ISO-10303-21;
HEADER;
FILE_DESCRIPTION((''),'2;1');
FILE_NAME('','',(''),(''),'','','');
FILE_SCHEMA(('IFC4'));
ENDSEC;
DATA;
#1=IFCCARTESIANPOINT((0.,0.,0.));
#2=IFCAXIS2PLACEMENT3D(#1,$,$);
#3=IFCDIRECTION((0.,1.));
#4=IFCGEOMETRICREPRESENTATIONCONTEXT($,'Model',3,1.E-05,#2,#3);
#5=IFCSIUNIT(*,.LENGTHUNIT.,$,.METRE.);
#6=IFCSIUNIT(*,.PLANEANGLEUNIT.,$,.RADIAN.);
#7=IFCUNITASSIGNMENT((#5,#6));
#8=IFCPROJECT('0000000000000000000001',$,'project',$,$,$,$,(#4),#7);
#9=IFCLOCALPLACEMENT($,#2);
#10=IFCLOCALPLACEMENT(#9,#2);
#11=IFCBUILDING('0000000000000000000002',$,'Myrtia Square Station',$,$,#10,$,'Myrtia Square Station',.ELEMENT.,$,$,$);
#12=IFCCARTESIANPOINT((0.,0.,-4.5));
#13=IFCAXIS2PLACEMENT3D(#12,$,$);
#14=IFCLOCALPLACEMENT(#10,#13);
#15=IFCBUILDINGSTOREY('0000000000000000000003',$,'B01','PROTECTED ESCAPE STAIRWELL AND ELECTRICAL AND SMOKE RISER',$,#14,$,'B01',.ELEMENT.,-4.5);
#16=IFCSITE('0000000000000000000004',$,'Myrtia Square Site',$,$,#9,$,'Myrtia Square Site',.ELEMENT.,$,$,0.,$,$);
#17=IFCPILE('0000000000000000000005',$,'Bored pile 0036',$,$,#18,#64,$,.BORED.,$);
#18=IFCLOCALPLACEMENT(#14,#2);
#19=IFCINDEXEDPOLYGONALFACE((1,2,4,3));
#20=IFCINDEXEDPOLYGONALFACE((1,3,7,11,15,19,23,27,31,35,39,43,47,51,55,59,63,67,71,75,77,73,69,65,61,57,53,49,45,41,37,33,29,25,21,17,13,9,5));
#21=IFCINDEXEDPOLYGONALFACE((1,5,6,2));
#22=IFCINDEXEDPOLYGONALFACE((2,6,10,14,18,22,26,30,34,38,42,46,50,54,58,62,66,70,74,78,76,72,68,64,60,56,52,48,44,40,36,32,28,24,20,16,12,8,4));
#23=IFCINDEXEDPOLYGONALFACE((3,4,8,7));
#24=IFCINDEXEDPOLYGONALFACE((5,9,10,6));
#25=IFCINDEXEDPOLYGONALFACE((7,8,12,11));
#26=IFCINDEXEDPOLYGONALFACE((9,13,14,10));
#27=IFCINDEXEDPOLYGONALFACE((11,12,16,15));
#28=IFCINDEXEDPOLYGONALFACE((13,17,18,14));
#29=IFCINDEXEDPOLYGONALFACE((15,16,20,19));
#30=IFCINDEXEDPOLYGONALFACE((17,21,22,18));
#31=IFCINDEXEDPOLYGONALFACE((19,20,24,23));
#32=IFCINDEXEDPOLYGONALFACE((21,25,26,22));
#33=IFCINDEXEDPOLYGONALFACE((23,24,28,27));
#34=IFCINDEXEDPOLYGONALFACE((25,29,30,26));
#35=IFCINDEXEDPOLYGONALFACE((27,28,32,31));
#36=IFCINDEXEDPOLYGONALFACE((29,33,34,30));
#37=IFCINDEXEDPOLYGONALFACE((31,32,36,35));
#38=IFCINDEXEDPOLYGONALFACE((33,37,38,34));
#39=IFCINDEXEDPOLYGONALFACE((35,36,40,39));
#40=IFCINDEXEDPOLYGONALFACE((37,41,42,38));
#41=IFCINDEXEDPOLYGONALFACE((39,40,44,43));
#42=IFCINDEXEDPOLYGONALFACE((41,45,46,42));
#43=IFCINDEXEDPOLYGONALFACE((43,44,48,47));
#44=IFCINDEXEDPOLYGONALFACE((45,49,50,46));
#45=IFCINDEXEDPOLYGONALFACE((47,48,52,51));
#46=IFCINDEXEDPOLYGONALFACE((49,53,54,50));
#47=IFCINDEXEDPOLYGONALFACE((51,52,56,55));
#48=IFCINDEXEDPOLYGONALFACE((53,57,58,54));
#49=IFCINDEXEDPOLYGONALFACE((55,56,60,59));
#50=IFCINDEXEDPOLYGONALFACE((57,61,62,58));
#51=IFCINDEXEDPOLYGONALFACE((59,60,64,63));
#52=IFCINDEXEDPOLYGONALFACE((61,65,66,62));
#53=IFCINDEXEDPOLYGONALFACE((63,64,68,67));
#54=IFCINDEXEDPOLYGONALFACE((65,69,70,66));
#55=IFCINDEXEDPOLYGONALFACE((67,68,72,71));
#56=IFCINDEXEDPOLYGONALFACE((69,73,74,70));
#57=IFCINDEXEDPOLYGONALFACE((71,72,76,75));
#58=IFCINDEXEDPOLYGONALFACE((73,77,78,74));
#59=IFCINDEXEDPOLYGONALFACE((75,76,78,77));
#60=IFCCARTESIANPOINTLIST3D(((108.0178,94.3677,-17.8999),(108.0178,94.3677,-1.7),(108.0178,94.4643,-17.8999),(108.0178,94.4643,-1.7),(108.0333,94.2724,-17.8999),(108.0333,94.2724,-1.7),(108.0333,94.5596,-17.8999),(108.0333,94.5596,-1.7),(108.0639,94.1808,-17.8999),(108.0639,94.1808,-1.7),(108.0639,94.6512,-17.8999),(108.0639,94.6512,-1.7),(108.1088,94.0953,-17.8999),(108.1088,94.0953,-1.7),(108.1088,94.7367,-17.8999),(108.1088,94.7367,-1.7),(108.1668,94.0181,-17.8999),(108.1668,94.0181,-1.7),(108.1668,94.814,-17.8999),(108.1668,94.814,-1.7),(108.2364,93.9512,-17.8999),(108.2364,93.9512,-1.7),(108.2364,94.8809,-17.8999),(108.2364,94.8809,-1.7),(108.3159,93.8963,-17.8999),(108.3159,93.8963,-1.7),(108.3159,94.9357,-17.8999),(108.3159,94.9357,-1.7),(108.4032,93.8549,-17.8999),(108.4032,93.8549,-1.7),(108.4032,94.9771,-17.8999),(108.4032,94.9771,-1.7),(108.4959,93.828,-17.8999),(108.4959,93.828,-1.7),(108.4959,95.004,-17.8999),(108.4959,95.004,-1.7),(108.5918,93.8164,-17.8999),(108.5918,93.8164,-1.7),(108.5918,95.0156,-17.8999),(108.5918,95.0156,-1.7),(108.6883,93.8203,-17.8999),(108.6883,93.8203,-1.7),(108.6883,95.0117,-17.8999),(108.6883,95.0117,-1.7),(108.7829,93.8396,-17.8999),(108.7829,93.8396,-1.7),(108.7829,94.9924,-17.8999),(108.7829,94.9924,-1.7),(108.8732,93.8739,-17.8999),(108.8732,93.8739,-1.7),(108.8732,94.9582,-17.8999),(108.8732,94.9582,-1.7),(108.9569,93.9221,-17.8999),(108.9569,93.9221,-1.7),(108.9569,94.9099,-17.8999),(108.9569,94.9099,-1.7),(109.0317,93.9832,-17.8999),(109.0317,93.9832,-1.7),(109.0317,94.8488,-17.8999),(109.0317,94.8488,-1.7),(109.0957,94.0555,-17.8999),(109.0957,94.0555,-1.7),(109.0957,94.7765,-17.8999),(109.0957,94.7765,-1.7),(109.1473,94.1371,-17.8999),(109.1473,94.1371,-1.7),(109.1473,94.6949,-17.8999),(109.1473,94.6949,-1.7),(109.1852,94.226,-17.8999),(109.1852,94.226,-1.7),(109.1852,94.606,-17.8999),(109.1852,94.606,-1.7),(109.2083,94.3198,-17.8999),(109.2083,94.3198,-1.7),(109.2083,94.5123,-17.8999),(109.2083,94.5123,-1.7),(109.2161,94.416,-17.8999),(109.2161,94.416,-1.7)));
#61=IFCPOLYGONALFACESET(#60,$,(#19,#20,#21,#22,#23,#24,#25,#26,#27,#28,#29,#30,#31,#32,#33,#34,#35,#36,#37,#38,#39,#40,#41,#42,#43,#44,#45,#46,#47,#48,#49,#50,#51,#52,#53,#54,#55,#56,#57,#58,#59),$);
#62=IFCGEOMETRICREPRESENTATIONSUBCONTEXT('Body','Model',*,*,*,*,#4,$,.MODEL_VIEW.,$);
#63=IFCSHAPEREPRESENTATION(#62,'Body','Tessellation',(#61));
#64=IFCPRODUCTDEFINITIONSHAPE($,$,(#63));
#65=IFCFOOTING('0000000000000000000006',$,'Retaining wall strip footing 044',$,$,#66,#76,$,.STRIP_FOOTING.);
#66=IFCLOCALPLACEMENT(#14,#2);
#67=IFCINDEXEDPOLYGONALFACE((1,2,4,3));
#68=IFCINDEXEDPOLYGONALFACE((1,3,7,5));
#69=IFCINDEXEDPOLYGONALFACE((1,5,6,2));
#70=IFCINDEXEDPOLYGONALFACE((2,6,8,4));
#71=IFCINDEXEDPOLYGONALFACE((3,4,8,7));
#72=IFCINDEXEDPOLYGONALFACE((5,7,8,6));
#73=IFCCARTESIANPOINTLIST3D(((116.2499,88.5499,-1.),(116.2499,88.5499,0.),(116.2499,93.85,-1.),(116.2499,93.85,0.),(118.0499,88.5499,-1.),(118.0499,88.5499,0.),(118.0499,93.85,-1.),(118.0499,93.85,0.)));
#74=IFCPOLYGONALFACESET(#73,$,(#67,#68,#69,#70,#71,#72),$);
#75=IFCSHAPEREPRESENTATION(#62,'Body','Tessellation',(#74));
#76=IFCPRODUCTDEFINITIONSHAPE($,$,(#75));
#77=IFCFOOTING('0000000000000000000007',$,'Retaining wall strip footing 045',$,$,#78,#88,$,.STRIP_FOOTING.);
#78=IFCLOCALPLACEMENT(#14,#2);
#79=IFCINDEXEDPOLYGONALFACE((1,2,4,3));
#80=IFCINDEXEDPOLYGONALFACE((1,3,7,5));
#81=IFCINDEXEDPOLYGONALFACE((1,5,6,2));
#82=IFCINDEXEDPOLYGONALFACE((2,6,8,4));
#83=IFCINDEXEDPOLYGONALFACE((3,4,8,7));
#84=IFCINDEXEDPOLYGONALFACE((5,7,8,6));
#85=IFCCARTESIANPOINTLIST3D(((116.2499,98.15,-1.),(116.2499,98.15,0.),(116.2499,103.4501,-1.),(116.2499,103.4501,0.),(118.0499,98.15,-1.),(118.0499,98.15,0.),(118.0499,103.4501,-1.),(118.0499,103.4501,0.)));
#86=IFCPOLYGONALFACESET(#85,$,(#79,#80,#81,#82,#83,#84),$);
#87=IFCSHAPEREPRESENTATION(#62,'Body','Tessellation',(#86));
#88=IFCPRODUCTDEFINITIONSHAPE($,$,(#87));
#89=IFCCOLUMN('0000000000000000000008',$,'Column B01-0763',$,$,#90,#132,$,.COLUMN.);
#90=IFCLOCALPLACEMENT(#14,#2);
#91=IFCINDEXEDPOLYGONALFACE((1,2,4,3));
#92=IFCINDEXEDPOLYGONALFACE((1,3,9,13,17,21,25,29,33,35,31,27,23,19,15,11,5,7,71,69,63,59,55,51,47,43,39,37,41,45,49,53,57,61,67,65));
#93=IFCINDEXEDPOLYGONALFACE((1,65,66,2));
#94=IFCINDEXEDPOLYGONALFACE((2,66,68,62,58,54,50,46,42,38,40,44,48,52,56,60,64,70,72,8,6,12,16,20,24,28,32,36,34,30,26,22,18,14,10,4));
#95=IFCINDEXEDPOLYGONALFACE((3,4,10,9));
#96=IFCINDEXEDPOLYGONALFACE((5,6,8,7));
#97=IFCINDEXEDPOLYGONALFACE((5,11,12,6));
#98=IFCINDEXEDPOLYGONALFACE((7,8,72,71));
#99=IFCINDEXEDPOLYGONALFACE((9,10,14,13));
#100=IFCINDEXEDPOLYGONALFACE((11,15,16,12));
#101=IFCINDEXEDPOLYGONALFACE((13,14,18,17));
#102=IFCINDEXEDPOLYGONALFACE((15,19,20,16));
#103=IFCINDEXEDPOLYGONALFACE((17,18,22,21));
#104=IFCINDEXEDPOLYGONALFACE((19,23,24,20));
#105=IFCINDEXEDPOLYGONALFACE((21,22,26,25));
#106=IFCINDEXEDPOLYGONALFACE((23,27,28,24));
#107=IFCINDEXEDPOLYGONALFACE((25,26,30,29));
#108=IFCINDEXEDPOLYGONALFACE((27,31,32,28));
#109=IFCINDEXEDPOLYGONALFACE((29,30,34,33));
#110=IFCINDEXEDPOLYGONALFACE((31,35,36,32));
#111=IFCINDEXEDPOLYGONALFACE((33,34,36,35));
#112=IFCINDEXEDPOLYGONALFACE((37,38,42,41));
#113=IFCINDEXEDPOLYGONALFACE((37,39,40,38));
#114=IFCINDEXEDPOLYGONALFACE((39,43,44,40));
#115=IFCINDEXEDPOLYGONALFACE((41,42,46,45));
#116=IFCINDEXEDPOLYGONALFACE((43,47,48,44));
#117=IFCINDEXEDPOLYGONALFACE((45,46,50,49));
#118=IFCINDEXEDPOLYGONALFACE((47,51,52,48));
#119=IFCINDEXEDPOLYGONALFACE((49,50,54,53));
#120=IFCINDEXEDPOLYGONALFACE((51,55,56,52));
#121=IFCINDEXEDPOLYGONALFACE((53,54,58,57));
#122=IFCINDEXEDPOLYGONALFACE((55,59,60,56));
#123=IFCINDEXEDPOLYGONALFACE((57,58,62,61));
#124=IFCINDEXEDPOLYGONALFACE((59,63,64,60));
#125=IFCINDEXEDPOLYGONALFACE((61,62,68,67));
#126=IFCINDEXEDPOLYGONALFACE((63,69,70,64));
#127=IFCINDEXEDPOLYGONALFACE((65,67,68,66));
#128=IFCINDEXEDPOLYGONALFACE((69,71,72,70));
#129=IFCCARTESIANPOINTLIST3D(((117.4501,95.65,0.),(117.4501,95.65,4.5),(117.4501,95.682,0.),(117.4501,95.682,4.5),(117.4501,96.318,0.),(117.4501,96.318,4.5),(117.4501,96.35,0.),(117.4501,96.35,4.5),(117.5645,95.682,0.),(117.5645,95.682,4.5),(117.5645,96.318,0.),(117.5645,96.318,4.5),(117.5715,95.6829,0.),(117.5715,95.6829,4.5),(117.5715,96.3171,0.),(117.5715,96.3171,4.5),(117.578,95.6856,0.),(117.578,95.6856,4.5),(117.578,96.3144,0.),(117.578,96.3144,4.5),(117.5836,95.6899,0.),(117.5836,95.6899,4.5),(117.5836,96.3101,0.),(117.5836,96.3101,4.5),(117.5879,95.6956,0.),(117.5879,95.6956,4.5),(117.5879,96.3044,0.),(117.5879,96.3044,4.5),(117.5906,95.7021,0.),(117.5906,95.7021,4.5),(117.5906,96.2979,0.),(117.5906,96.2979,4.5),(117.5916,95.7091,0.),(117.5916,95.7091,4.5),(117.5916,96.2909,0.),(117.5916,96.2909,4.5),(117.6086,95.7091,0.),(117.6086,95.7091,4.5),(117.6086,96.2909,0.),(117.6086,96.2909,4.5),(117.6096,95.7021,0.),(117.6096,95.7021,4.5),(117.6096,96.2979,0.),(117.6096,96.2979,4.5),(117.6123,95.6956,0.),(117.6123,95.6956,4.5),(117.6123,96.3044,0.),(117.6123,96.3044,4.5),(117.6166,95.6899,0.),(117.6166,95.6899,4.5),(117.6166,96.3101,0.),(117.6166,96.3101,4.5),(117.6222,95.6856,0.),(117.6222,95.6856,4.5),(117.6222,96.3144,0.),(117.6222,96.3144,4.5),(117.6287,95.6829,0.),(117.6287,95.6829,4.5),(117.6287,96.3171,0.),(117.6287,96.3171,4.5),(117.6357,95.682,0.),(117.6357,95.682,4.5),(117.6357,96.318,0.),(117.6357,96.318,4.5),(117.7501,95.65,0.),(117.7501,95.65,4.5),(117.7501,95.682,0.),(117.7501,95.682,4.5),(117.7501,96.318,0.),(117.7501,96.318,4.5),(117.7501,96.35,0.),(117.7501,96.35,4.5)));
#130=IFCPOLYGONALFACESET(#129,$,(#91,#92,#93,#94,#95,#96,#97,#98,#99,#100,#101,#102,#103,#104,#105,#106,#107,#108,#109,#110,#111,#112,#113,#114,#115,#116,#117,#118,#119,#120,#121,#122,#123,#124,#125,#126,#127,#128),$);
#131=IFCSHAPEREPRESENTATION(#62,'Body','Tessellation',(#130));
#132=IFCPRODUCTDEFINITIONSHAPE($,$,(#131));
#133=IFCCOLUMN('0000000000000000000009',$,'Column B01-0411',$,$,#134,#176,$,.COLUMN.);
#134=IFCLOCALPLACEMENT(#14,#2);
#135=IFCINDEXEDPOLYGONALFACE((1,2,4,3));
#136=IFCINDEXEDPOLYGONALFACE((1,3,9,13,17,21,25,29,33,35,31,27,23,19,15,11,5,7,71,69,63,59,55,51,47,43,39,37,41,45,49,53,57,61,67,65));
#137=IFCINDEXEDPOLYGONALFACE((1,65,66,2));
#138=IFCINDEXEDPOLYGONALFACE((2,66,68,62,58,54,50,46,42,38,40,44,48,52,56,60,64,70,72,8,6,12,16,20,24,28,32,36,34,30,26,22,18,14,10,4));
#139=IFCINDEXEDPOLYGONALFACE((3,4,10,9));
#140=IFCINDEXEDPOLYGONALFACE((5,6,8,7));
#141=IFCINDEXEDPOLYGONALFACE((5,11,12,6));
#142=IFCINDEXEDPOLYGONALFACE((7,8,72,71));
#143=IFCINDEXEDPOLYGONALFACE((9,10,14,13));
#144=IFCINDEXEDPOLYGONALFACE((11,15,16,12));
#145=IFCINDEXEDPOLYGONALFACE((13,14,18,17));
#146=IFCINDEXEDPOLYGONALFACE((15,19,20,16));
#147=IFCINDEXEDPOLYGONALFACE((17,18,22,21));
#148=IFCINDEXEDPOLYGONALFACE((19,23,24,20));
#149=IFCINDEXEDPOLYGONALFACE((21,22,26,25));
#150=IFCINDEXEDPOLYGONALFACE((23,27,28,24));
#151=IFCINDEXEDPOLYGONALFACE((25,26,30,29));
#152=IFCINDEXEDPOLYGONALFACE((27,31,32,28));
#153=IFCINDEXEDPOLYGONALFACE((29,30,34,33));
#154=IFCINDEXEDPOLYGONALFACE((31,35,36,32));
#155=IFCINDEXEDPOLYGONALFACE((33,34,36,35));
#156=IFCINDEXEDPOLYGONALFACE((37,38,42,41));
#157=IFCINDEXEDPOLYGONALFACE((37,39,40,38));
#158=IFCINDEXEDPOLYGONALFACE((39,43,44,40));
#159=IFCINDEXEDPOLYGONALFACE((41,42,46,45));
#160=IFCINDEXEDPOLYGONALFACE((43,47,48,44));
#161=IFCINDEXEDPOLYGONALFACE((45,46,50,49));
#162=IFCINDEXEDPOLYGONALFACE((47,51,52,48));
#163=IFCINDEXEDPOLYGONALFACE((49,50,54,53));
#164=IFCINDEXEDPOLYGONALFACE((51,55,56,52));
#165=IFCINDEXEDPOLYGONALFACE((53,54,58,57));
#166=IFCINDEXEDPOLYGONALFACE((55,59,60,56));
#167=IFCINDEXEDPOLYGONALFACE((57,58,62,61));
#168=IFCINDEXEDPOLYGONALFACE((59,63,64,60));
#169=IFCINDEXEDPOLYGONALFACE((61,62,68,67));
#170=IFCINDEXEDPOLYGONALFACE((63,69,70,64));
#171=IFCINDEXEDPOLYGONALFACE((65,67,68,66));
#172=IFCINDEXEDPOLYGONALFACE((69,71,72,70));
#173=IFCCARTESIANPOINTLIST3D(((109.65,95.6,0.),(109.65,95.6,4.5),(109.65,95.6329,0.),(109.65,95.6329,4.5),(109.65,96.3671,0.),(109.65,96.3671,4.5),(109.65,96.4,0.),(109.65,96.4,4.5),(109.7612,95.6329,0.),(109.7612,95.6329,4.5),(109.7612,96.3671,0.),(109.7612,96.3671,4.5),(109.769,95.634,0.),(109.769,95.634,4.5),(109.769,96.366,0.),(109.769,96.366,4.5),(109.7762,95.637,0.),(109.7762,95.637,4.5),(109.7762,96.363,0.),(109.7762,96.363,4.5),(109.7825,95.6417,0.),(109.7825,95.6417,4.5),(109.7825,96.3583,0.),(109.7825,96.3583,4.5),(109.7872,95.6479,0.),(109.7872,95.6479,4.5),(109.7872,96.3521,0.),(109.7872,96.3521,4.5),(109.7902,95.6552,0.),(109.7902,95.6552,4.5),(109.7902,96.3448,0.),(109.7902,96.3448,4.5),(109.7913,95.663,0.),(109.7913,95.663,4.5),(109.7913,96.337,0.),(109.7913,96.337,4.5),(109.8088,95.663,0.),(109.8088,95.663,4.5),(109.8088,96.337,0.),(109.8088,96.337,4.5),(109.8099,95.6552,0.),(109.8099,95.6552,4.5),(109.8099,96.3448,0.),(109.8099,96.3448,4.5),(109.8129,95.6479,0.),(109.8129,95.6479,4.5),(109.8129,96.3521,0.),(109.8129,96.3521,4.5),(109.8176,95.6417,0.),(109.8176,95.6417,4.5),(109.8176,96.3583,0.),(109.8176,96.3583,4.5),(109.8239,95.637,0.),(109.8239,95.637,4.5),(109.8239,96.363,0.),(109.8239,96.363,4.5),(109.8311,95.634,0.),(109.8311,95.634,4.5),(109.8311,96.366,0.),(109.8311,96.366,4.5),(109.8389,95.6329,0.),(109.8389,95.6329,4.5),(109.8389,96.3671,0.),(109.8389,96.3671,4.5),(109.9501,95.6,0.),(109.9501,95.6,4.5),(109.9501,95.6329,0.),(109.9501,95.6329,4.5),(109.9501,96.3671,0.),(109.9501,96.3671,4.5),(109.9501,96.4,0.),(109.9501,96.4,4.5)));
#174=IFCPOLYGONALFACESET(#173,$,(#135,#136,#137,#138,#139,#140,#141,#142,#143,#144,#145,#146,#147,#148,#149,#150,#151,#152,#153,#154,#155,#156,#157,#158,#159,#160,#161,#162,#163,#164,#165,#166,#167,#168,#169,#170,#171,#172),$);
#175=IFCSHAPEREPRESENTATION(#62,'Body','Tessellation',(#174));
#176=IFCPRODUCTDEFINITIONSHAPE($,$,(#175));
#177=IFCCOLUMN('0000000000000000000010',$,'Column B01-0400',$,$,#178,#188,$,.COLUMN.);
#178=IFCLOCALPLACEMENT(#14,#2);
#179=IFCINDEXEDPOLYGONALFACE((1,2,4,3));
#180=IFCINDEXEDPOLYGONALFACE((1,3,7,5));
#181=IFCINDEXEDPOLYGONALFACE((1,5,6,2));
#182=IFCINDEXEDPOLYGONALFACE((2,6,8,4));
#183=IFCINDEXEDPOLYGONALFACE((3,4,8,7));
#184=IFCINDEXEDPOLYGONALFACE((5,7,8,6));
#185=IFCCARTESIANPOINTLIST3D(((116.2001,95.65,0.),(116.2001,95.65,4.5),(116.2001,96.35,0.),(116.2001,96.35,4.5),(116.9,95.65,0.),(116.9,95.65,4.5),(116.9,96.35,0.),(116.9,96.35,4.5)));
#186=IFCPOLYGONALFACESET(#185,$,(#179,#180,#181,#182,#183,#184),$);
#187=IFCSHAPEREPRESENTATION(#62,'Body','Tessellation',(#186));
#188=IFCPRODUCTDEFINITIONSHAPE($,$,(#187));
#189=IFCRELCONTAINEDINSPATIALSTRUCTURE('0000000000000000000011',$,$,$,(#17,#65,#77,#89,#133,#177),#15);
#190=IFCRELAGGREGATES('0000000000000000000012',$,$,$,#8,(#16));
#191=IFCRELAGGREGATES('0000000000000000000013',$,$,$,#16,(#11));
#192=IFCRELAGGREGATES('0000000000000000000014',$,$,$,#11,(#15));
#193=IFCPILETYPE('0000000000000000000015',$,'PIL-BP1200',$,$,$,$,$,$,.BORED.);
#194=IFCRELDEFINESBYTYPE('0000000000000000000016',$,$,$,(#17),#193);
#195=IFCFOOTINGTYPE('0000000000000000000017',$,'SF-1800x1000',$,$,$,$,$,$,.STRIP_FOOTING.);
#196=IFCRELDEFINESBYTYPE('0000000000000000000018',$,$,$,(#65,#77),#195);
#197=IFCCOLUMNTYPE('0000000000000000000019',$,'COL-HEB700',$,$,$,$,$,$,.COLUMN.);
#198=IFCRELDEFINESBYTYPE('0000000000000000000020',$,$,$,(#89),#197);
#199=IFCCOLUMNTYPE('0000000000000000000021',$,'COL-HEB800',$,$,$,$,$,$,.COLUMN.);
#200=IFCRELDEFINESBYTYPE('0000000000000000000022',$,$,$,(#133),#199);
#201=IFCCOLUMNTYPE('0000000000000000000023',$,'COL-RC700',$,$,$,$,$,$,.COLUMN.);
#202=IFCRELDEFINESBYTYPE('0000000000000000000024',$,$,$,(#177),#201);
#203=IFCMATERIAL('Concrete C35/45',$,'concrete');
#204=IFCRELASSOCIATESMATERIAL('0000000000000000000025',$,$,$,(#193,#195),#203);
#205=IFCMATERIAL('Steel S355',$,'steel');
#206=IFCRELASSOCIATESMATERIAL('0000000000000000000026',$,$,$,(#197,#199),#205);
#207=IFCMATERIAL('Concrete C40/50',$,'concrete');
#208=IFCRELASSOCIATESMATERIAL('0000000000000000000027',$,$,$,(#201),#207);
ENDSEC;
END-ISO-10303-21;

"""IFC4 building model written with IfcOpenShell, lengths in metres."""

from ifc_helpers import new_model, si_unit, direction, frame, origin, origin_2d, place, context, subcontext, project, spatial, rectangle, circle, i_section, extrude, material, material_profile, profile_set, type_object, element, save


model = new_model("IFC4")

# Units and contexts
model_context = context("Model", 3, precision=1e-05, world=origin(), true_north=direction((0.0, 1.0)))
body_context = subcontext(model_context, "Body", "Model", "MODEL_VIEW")
ifc_project = project(units=[si_unit("LENGTHUNIT", "METRE"), si_unit("PLANEANGLEUNIT", "RADIAN")], contexts=[model_context])

# Site, building, storey
site_placement = place(None, origin())
site = spatial("IfcSite", under=ifc_project, at=site_placement, Name="Myrtia Square Site", LongName="Myrtia Square Site", CompositionType="ELEMENT", RefElevation=0.0)
building_placement = place(site_placement, origin())
building = spatial("IfcBuilding", under=site, at=building_placement, Name="Myrtia Square Station", LongName="Myrtia Square Station", CompositionType="ELEMENT")
storey_placement = place(building_placement, frame((0.0, 0.0, -4.5)))
storey = spatial("IfcBuildingStorey", under=building, at=storey_placement, Name="B01", Description="PROTECTED ESCAPE STAIRWELL AND ELECTRICAL AND SMOKE RISER", LongName="B01", CompositionType="ELEMENT", Elevation=-4.5)

# Shared definitions
ifc_material_1 = material(Name="Concrete C35/45", Category="concrete")

# Pile
ifc_material_profile_1 = material_profile(ifc_material_1, circle(Radius=0.6001, at=origin_2d()), Name="BP D1200")
ifc_profile_set_1 = profile_set([ifc_material_profile_1], Name="Concrete C35/45")
pile_type_1 = type_object("IfcPileType", Name="PIL-BP1200", PredefinedType="BORED", material=ifc_profile_set_1)
for number, where, z_axis, x_axis, name in (
    (1, (108.616, 94.416, -1.7), (0.0, 0.0, -1.0), (1.0, 0.0, 0.0), "Bored pile 0036"),
):
    element("IfcPile", number, at=place(storey_placement, frame(where, z_axis=z_axis, x_axis=x_axis)), inside=storey, type_object=pile_type_1, Name=name, PredefinedType="BORED", context=body_context, shape_type="SweptSolid", body=[
        extrude(circle(Radius=0.6001, at=origin_2d()), origin(), (0.0, 0.0, 1.0), 16.2),
    ])

# Footings
footing_type_1 = type_object("IfcFootingType", Name="SF-1800x1000", PredefinedType="STRIP_FOOTING", material=ifc_material_1)
for number, where, z_axis, x_axis, name in (
    (2, (117.1499, 91.2, -1.0), (0.0, 0.0, 1.0), (1.0, 0.0, 0.0), "Retaining wall strip footing 044"),
    (3, (117.1499, 100.8, -1.0), (0.0, 0.0, 1.0), (1.0, 0.0, 0.0), "Retaining wall strip footing 045"),
):
    element("IfcFooting", number, at=place(storey_placement, frame(where, z_axis=z_axis, x_axis=x_axis)), inside=storey, type_object=footing_type_1, Name=name, PredefinedType="STRIP_FOOTING", context=body_context, shape_type="SweptSolid", body=[
        extrude(rectangle(XDim=1.8, YDim=5.3, at=origin_2d()), origin(), (0.0, 0.0, 1.0), 1.0),
    ])

# Columns
ifc_material_2 = material(Name="Steel S355", Category="steel")
ifc_material_profile_2 = material_profile(ifc_material_2, i_section(OverallWidth=0.3, OverallDepth=0.7, WebThickness=0.0171, FlangeThickness=0.032, FilletRadius=0.0271, at=origin_2d()), Name="HEB 700")
ifc_profile_set_2 = profile_set([ifc_material_profile_2], Name="Steel S355")
column_type_1 = type_object("IfcColumnType", Name="COL-HEB700", PredefinedType="COLUMN", material=ifc_profile_set_2)
column_1_placement = place(storey_placement, frame((117.6001, 96.0, 0.0), z_axis=(0.0, 0.0, 1.0), x_axis=(1.0, 0.0, 0.0)))
element("IfcColumn", 4, at=column_1_placement, inside=storey, type_object=column_type_1, Name="Column B01-0763", PredefinedType="COLUMN", context=body_context, shape_type="SweptSolid", body=[
    extrude(i_section(OverallWidth=0.3, OverallDepth=0.7, WebThickness=0.0171, FlangeThickness=0.032, FilletRadius=0.0271, at=origin_2d()), origin(), (0.0, 0.0, 1.0), 4.5),
])
ifc_material_profile_3 = material_profile(ifc_material_2, i_section(OverallWidth=0.3, OverallDepth=0.8, WebThickness=0.0176, FlangeThickness=0.033, FilletRadius=0.03, at=origin_2d()), Name="HEB 800")
ifc_profile_set_3 = profile_set([ifc_material_profile_3], Name="Steel S355")
column_type_2 = type_object("IfcColumnType", Name="COL-HEB800", PredefinedType="COLUMN", material=ifc_profile_set_3)
column_2_placement = place(storey_placement, frame((109.8, 96.0, 0.0), z_axis=(0.0, 0.0, 1.0), x_axis=(1.0, 0.0, 0.0)))
element("IfcColumn", 5, at=column_2_placement, inside=storey, type_object=column_type_2, Name="Column B01-0411", PredefinedType="COLUMN", context=body_context, shape_type="SweptSolid", body=[
    extrude(i_section(OverallWidth=0.3, OverallDepth=0.8, WebThickness=0.0176, FlangeThickness=0.033, FilletRadius=0.03, at=origin_2d()), origin(), (0.0, 0.0, 1.0), 4.5),
])
ifc_material_3 = material(Name="Concrete C40/50", Category="concrete")
ifc_material_profile_4 = material_profile(ifc_material_3, rectangle(XDim=0.7, YDim=0.7, at=origin_2d()), Name="RC 700x700")
ifc_profile_set_4 = profile_set([ifc_material_profile_4], Name="Concrete C40/50")
column_type_3 = type_object("IfcColumnType", Name="COL-RC700", PredefinedType="COLUMN", material=ifc_profile_set_4)
column_3_placement = place(storey_placement, frame((116.55, 96.0, 0.0), z_axis=(0.0, 0.0, 1.0), x_axis=(1.0, 0.0, 0.0)))
element("IfcColumn", 6, at=column_3_placement, inside=storey, type_object=column_type_3, Name="Column B01-0400", PredefinedType="COLUMN", context=body_context, shape_type="SweptSolid", body=[
    extrude(rectangle(XDim=0.7, YDim=0.7, at=origin_2d()), origin(), (0.0, 0.0, 1.0), 4.5),
])

save(model, "model.ifc")
